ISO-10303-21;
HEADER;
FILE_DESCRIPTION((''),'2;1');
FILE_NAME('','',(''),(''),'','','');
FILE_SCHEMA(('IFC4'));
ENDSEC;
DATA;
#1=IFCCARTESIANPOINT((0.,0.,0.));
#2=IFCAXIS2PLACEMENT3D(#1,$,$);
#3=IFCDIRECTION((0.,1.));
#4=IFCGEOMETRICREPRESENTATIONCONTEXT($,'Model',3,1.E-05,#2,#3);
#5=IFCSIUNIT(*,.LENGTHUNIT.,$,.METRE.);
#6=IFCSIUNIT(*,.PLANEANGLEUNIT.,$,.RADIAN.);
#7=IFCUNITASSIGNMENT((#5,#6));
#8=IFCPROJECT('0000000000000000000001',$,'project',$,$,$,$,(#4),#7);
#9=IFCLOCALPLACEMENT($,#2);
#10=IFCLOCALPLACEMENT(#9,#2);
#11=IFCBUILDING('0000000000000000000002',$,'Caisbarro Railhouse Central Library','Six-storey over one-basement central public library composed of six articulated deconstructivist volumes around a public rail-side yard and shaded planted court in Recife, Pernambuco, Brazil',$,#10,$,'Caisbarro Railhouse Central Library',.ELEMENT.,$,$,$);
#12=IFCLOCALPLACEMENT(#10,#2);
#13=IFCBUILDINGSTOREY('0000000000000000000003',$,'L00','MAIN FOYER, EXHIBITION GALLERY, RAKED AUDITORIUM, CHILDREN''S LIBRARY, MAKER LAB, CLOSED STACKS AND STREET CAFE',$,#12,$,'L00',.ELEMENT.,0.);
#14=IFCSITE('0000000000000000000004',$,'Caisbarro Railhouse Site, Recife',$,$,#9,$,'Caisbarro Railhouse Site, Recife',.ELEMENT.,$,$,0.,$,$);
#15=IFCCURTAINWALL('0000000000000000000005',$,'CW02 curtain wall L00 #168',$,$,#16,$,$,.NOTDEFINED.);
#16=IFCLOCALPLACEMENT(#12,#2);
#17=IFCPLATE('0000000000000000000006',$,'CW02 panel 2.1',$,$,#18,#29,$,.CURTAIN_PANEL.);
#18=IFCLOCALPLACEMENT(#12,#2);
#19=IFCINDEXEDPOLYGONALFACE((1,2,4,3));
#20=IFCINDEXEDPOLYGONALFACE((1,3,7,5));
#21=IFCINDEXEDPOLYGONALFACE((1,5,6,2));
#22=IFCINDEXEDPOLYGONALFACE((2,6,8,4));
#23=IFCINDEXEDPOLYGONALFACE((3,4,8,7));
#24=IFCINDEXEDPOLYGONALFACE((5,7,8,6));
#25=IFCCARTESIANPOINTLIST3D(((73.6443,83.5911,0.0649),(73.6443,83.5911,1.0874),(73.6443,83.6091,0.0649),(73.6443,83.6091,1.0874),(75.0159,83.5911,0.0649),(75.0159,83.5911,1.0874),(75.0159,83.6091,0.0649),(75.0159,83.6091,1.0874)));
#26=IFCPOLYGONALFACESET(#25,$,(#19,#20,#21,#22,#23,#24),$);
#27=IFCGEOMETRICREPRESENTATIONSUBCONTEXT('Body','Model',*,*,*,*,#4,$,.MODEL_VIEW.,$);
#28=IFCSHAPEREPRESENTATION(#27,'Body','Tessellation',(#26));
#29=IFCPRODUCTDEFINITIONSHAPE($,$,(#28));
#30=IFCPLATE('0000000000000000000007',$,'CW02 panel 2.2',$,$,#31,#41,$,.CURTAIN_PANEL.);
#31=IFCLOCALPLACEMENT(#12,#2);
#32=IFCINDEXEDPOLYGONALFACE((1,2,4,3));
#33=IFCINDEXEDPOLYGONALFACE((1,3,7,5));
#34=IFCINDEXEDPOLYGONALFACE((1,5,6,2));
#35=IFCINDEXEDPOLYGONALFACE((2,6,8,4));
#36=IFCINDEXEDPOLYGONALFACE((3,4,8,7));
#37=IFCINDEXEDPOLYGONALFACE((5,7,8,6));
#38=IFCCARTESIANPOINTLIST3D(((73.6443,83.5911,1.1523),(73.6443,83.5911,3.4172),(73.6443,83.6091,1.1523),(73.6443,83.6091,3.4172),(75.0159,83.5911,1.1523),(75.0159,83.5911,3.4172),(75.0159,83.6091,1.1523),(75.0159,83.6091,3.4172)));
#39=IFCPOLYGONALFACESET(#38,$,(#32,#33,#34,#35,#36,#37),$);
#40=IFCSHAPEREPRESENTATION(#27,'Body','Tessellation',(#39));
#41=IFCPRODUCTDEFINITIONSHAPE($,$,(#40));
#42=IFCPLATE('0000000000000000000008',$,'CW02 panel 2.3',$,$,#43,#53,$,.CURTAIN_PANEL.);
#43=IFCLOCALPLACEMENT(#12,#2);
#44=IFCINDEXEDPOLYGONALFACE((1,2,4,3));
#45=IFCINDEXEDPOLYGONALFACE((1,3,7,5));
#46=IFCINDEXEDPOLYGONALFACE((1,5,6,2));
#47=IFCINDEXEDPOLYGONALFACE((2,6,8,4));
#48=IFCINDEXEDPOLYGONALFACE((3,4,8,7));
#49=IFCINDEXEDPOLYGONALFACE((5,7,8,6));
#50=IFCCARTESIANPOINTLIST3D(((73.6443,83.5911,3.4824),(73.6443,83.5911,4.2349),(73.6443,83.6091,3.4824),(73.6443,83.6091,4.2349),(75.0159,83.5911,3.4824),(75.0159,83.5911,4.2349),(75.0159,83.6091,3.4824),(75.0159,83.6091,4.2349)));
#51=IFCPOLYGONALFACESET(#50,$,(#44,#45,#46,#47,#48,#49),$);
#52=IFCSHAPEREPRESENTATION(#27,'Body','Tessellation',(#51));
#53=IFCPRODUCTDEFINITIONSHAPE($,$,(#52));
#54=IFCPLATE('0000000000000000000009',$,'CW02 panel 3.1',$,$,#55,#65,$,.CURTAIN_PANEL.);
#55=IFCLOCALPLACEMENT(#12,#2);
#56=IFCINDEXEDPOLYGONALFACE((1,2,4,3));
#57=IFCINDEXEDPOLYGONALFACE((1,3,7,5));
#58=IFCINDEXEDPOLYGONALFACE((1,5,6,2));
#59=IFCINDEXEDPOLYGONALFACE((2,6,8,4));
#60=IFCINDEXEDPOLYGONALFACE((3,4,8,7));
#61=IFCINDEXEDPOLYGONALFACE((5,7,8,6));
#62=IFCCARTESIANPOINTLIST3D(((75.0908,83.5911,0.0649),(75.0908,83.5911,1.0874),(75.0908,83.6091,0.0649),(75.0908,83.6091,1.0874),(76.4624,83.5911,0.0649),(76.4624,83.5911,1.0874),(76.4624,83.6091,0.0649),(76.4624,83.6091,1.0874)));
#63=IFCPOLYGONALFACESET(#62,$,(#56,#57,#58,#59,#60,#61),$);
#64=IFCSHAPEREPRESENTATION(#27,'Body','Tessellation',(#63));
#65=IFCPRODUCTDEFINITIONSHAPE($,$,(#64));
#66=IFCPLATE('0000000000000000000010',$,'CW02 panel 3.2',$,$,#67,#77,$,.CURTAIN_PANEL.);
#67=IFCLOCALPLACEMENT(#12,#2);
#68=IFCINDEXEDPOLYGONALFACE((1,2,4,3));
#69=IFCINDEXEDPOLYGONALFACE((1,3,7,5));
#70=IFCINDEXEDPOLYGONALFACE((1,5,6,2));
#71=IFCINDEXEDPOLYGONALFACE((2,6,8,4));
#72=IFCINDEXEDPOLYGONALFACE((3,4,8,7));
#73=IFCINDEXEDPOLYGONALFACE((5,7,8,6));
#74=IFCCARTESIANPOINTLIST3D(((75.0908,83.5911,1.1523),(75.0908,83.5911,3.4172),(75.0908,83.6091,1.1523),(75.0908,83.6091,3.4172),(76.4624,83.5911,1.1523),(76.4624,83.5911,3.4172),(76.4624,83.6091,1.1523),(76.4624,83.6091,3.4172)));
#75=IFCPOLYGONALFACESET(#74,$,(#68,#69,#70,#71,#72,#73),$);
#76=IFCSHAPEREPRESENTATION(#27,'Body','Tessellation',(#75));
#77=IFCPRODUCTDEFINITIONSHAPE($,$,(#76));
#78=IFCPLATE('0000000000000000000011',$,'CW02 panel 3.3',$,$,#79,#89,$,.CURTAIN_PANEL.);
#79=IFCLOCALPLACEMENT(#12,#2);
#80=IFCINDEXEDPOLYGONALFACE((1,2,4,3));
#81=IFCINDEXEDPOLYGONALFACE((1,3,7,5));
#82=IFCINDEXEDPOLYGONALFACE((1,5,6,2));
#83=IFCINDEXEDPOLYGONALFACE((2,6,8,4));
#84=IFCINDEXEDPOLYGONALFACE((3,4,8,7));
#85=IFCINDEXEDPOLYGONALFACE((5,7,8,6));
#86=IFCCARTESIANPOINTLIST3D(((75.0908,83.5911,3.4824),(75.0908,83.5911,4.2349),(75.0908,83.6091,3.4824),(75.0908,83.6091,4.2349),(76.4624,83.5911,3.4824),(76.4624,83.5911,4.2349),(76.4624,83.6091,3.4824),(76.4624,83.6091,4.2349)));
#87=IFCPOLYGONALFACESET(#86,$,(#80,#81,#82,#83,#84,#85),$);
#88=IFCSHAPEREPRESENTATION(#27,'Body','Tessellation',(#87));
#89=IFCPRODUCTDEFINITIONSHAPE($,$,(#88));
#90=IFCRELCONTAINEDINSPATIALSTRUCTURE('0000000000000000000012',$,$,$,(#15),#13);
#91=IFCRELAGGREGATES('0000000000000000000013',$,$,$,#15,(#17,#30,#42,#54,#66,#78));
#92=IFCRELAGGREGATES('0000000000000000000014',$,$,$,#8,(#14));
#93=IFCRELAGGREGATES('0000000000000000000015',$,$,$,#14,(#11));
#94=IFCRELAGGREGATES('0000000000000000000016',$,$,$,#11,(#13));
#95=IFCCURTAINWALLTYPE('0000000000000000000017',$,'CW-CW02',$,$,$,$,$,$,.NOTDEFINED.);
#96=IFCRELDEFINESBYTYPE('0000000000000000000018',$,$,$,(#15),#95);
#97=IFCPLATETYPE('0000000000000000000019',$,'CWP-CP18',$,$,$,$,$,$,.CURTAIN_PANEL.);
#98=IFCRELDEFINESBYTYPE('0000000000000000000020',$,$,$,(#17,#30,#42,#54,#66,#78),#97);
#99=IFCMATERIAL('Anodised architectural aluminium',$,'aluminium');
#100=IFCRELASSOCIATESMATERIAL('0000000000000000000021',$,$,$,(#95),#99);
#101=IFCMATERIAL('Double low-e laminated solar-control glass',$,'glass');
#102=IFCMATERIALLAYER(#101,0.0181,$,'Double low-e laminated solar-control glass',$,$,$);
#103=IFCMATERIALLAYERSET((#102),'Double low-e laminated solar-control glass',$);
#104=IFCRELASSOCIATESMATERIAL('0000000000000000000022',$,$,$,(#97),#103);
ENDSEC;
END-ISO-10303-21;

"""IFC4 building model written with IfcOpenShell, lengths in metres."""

from ifc_helpers import new_model, si_unit, direction, frame, origin, origin_2d, place, context, subcontext, project, spatial, rectangle, extrude, material, layer, layer_set, type_object, element, aggregate, save


model = new_model("IFC4")

# Units and contexts
model_context = context("Model", 3, precision=1e-05, world=origin(), true_north=direction((0.0, 1.0)))
body_context = subcontext(model_context, "Body", "Model", "MODEL_VIEW")
ifc_project = project(units=[si_unit("LENGTHUNIT", "METRE"), si_unit("PLANEANGLEUNIT", "RADIAN")], contexts=[model_context])

# Site, building, storey
site_placement = place(None, origin())
site = spatial("IfcSite", under=ifc_project, at=site_placement, Name="Caisbarro Railhouse Site, Recife", LongName="Caisbarro Railhouse Site, Recife", CompositionType="ELEMENT", RefElevation=0.0)
building_placement = place(site_placement, origin())
building = spatial("IfcBuilding", under=site, at=building_placement, Name="Caisbarro Railhouse Central Library", Description="Six-storey over one-basement central public library composed of six articulated deconstructivist volumes around a public rail-side yard and shaded planted court in Recife, Pernambuco, Brazil", LongName="Caisbarro Railhouse Central Library", CompositionType="ELEMENT")
storey_placement = place(building_placement, origin())
storey = spatial("IfcBuildingStorey", under=building, at=storey_placement, Name="L00", Description="MAIN FOYER, EXHIBITION GALLERY, RAKED AUDITORIUM, CHILDREN'S LIBRARY, MAKER LAB, CLOSED STACKS AND STREET CAFE", LongName="L00", CompositionType="ELEMENT", Elevation=0.0)

# Curtain wall, plates
ifc_material_1 = material(Name="Anodised architectural aluminium", Category="aluminium")
curtain_wall_type = type_object("IfcCurtainWallType", Name="CW-CW02", PredefinedType="NOTDEFINED", material=ifc_material_1)
curtain_wall_placement = place(storey_placement, origin())
curtain_wall = element("IfcCurtainWall", 1, at=curtain_wall_placement, inside=storey, type_object=curtain_wall_type, Name="CW02 curtain wall L00 #168", PredefinedType="NOTDEFINED")
ifc_material_2 = material(Name="Double low-e laminated solar-control glass", Category="glass")
ifc_layer = layer(ifc_material_2, 0.0181, Name="Double low-e laminated solar-control glass")
ifc_layer_set = layer_set([ifc_layer], Name="Double low-e laminated solar-control glass")
plate_type = type_object("IfcPlateType", Name="CWP-CP18", PredefinedType="CURTAIN_PANEL", material=ifc_layer_set)
plate_1_placement = place(storey_placement, frame((74.3301, 83.6001, 0.0649), z_axis=(0.0, 0.0, 1.0), x_axis=(1.0, 0.0, 0.0)))
plate_1 = element("IfcPlate", 2, at=plate_1_placement, type_object=plate_type, Name="CW02 panel 2.1", PredefinedType="CURTAIN_PANEL", context=body_context, shape_type="SweptSolid", body=[
    extrude(rectangle(XDim=1.3716, YDim=0.0181, at=origin_2d()), origin(), (0.0, 0.0, 1.0), 1.0225),
])
plate_2_placement = place(storey_placement, frame((74.3301, 83.6001, 1.1523), z_axis=(0.0, 0.0, 1.0), x_axis=(1.0, 0.0, 0.0)))
plate_2 = element("IfcPlate", 3, at=plate_2_placement, type_object=plate_type, Name="CW02 panel 2.2", PredefinedType="CURTAIN_PANEL", context=body_context, shape_type="SweptSolid", body=[
    extrude(rectangle(XDim=1.3716, YDim=0.0181, at=origin_2d()), origin(), (0.0, 0.0, 1.0), 2.2649),
])
plate_3_placement = place(storey_placement, frame((74.3301, 83.6001, 3.4824), z_axis=(0.0, 0.0, 1.0), x_axis=(1.0, 0.0, 0.0)))
plate_3 = element("IfcPlate", 4, at=plate_3_placement, type_object=plate_type, Name="CW02 panel 2.3", PredefinedType="CURTAIN_PANEL", context=body_context, shape_type="SweptSolid", body=[
    extrude(rectangle(XDim=1.3716, YDim=0.0181, at=origin_2d()), origin(), (0.0, 0.0, 1.0), 0.7524),
])
plate_4_placement = place(storey_placement, frame((75.7766, 83.6001, 0.0649), z_axis=(0.0, 0.0, 1.0), x_axis=(1.0, 0.0, 0.0)))
plate_4 = element("IfcPlate", 5, at=plate_4_placement, type_object=plate_type, Name="CW02 panel 3.1", PredefinedType="CURTAIN_PANEL", context=body_context, shape_type="SweptSolid", body=[
    extrude(rectangle(XDim=1.3716, YDim=0.0181, at=origin_2d()), origin(), (0.0, 0.0, 1.0), 1.0225),
])
plate_5_placement = place(storey_placement, frame((75.7766, 83.6001, 1.1523), z_axis=(0.0, 0.0, 1.0), x_axis=(1.0, 0.0, 0.0)))
plate_5 = element("IfcPlate", 6, at=plate_5_placement, type_object=plate_type, Name="CW02 panel 3.2", PredefinedType="CURTAIN_PANEL", context=body_context, shape_type="SweptSolid", body=[
    extrude(rectangle(XDim=1.3716, YDim=0.0181, at=origin_2d()), origin(), (0.0, 0.0, 1.0), 2.2649),
])
plate_6_placement = place(storey_placement, frame((75.7766, 83.6001, 3.4824), z_axis=(0.0, 0.0, 1.0), x_axis=(1.0, 0.0, 0.0)))
plate_6 = element("IfcPlate", 7, at=plate_6_placement, type_object=plate_type, Name="CW02 panel 3.3", PredefinedType="CURTAIN_PANEL", context=body_context, shape_type="SweptSolid", body=[
    extrude(rectangle(XDim=1.3716, YDim=0.0181, at=origin_2d()), origin(), (0.0, 0.0, 1.0), 0.7524),
])
aggregate(curtain_wall, [plate_1, plate_2, plate_3, plate_4, plate_5, plate_6])

save(model, "model.ifc")
